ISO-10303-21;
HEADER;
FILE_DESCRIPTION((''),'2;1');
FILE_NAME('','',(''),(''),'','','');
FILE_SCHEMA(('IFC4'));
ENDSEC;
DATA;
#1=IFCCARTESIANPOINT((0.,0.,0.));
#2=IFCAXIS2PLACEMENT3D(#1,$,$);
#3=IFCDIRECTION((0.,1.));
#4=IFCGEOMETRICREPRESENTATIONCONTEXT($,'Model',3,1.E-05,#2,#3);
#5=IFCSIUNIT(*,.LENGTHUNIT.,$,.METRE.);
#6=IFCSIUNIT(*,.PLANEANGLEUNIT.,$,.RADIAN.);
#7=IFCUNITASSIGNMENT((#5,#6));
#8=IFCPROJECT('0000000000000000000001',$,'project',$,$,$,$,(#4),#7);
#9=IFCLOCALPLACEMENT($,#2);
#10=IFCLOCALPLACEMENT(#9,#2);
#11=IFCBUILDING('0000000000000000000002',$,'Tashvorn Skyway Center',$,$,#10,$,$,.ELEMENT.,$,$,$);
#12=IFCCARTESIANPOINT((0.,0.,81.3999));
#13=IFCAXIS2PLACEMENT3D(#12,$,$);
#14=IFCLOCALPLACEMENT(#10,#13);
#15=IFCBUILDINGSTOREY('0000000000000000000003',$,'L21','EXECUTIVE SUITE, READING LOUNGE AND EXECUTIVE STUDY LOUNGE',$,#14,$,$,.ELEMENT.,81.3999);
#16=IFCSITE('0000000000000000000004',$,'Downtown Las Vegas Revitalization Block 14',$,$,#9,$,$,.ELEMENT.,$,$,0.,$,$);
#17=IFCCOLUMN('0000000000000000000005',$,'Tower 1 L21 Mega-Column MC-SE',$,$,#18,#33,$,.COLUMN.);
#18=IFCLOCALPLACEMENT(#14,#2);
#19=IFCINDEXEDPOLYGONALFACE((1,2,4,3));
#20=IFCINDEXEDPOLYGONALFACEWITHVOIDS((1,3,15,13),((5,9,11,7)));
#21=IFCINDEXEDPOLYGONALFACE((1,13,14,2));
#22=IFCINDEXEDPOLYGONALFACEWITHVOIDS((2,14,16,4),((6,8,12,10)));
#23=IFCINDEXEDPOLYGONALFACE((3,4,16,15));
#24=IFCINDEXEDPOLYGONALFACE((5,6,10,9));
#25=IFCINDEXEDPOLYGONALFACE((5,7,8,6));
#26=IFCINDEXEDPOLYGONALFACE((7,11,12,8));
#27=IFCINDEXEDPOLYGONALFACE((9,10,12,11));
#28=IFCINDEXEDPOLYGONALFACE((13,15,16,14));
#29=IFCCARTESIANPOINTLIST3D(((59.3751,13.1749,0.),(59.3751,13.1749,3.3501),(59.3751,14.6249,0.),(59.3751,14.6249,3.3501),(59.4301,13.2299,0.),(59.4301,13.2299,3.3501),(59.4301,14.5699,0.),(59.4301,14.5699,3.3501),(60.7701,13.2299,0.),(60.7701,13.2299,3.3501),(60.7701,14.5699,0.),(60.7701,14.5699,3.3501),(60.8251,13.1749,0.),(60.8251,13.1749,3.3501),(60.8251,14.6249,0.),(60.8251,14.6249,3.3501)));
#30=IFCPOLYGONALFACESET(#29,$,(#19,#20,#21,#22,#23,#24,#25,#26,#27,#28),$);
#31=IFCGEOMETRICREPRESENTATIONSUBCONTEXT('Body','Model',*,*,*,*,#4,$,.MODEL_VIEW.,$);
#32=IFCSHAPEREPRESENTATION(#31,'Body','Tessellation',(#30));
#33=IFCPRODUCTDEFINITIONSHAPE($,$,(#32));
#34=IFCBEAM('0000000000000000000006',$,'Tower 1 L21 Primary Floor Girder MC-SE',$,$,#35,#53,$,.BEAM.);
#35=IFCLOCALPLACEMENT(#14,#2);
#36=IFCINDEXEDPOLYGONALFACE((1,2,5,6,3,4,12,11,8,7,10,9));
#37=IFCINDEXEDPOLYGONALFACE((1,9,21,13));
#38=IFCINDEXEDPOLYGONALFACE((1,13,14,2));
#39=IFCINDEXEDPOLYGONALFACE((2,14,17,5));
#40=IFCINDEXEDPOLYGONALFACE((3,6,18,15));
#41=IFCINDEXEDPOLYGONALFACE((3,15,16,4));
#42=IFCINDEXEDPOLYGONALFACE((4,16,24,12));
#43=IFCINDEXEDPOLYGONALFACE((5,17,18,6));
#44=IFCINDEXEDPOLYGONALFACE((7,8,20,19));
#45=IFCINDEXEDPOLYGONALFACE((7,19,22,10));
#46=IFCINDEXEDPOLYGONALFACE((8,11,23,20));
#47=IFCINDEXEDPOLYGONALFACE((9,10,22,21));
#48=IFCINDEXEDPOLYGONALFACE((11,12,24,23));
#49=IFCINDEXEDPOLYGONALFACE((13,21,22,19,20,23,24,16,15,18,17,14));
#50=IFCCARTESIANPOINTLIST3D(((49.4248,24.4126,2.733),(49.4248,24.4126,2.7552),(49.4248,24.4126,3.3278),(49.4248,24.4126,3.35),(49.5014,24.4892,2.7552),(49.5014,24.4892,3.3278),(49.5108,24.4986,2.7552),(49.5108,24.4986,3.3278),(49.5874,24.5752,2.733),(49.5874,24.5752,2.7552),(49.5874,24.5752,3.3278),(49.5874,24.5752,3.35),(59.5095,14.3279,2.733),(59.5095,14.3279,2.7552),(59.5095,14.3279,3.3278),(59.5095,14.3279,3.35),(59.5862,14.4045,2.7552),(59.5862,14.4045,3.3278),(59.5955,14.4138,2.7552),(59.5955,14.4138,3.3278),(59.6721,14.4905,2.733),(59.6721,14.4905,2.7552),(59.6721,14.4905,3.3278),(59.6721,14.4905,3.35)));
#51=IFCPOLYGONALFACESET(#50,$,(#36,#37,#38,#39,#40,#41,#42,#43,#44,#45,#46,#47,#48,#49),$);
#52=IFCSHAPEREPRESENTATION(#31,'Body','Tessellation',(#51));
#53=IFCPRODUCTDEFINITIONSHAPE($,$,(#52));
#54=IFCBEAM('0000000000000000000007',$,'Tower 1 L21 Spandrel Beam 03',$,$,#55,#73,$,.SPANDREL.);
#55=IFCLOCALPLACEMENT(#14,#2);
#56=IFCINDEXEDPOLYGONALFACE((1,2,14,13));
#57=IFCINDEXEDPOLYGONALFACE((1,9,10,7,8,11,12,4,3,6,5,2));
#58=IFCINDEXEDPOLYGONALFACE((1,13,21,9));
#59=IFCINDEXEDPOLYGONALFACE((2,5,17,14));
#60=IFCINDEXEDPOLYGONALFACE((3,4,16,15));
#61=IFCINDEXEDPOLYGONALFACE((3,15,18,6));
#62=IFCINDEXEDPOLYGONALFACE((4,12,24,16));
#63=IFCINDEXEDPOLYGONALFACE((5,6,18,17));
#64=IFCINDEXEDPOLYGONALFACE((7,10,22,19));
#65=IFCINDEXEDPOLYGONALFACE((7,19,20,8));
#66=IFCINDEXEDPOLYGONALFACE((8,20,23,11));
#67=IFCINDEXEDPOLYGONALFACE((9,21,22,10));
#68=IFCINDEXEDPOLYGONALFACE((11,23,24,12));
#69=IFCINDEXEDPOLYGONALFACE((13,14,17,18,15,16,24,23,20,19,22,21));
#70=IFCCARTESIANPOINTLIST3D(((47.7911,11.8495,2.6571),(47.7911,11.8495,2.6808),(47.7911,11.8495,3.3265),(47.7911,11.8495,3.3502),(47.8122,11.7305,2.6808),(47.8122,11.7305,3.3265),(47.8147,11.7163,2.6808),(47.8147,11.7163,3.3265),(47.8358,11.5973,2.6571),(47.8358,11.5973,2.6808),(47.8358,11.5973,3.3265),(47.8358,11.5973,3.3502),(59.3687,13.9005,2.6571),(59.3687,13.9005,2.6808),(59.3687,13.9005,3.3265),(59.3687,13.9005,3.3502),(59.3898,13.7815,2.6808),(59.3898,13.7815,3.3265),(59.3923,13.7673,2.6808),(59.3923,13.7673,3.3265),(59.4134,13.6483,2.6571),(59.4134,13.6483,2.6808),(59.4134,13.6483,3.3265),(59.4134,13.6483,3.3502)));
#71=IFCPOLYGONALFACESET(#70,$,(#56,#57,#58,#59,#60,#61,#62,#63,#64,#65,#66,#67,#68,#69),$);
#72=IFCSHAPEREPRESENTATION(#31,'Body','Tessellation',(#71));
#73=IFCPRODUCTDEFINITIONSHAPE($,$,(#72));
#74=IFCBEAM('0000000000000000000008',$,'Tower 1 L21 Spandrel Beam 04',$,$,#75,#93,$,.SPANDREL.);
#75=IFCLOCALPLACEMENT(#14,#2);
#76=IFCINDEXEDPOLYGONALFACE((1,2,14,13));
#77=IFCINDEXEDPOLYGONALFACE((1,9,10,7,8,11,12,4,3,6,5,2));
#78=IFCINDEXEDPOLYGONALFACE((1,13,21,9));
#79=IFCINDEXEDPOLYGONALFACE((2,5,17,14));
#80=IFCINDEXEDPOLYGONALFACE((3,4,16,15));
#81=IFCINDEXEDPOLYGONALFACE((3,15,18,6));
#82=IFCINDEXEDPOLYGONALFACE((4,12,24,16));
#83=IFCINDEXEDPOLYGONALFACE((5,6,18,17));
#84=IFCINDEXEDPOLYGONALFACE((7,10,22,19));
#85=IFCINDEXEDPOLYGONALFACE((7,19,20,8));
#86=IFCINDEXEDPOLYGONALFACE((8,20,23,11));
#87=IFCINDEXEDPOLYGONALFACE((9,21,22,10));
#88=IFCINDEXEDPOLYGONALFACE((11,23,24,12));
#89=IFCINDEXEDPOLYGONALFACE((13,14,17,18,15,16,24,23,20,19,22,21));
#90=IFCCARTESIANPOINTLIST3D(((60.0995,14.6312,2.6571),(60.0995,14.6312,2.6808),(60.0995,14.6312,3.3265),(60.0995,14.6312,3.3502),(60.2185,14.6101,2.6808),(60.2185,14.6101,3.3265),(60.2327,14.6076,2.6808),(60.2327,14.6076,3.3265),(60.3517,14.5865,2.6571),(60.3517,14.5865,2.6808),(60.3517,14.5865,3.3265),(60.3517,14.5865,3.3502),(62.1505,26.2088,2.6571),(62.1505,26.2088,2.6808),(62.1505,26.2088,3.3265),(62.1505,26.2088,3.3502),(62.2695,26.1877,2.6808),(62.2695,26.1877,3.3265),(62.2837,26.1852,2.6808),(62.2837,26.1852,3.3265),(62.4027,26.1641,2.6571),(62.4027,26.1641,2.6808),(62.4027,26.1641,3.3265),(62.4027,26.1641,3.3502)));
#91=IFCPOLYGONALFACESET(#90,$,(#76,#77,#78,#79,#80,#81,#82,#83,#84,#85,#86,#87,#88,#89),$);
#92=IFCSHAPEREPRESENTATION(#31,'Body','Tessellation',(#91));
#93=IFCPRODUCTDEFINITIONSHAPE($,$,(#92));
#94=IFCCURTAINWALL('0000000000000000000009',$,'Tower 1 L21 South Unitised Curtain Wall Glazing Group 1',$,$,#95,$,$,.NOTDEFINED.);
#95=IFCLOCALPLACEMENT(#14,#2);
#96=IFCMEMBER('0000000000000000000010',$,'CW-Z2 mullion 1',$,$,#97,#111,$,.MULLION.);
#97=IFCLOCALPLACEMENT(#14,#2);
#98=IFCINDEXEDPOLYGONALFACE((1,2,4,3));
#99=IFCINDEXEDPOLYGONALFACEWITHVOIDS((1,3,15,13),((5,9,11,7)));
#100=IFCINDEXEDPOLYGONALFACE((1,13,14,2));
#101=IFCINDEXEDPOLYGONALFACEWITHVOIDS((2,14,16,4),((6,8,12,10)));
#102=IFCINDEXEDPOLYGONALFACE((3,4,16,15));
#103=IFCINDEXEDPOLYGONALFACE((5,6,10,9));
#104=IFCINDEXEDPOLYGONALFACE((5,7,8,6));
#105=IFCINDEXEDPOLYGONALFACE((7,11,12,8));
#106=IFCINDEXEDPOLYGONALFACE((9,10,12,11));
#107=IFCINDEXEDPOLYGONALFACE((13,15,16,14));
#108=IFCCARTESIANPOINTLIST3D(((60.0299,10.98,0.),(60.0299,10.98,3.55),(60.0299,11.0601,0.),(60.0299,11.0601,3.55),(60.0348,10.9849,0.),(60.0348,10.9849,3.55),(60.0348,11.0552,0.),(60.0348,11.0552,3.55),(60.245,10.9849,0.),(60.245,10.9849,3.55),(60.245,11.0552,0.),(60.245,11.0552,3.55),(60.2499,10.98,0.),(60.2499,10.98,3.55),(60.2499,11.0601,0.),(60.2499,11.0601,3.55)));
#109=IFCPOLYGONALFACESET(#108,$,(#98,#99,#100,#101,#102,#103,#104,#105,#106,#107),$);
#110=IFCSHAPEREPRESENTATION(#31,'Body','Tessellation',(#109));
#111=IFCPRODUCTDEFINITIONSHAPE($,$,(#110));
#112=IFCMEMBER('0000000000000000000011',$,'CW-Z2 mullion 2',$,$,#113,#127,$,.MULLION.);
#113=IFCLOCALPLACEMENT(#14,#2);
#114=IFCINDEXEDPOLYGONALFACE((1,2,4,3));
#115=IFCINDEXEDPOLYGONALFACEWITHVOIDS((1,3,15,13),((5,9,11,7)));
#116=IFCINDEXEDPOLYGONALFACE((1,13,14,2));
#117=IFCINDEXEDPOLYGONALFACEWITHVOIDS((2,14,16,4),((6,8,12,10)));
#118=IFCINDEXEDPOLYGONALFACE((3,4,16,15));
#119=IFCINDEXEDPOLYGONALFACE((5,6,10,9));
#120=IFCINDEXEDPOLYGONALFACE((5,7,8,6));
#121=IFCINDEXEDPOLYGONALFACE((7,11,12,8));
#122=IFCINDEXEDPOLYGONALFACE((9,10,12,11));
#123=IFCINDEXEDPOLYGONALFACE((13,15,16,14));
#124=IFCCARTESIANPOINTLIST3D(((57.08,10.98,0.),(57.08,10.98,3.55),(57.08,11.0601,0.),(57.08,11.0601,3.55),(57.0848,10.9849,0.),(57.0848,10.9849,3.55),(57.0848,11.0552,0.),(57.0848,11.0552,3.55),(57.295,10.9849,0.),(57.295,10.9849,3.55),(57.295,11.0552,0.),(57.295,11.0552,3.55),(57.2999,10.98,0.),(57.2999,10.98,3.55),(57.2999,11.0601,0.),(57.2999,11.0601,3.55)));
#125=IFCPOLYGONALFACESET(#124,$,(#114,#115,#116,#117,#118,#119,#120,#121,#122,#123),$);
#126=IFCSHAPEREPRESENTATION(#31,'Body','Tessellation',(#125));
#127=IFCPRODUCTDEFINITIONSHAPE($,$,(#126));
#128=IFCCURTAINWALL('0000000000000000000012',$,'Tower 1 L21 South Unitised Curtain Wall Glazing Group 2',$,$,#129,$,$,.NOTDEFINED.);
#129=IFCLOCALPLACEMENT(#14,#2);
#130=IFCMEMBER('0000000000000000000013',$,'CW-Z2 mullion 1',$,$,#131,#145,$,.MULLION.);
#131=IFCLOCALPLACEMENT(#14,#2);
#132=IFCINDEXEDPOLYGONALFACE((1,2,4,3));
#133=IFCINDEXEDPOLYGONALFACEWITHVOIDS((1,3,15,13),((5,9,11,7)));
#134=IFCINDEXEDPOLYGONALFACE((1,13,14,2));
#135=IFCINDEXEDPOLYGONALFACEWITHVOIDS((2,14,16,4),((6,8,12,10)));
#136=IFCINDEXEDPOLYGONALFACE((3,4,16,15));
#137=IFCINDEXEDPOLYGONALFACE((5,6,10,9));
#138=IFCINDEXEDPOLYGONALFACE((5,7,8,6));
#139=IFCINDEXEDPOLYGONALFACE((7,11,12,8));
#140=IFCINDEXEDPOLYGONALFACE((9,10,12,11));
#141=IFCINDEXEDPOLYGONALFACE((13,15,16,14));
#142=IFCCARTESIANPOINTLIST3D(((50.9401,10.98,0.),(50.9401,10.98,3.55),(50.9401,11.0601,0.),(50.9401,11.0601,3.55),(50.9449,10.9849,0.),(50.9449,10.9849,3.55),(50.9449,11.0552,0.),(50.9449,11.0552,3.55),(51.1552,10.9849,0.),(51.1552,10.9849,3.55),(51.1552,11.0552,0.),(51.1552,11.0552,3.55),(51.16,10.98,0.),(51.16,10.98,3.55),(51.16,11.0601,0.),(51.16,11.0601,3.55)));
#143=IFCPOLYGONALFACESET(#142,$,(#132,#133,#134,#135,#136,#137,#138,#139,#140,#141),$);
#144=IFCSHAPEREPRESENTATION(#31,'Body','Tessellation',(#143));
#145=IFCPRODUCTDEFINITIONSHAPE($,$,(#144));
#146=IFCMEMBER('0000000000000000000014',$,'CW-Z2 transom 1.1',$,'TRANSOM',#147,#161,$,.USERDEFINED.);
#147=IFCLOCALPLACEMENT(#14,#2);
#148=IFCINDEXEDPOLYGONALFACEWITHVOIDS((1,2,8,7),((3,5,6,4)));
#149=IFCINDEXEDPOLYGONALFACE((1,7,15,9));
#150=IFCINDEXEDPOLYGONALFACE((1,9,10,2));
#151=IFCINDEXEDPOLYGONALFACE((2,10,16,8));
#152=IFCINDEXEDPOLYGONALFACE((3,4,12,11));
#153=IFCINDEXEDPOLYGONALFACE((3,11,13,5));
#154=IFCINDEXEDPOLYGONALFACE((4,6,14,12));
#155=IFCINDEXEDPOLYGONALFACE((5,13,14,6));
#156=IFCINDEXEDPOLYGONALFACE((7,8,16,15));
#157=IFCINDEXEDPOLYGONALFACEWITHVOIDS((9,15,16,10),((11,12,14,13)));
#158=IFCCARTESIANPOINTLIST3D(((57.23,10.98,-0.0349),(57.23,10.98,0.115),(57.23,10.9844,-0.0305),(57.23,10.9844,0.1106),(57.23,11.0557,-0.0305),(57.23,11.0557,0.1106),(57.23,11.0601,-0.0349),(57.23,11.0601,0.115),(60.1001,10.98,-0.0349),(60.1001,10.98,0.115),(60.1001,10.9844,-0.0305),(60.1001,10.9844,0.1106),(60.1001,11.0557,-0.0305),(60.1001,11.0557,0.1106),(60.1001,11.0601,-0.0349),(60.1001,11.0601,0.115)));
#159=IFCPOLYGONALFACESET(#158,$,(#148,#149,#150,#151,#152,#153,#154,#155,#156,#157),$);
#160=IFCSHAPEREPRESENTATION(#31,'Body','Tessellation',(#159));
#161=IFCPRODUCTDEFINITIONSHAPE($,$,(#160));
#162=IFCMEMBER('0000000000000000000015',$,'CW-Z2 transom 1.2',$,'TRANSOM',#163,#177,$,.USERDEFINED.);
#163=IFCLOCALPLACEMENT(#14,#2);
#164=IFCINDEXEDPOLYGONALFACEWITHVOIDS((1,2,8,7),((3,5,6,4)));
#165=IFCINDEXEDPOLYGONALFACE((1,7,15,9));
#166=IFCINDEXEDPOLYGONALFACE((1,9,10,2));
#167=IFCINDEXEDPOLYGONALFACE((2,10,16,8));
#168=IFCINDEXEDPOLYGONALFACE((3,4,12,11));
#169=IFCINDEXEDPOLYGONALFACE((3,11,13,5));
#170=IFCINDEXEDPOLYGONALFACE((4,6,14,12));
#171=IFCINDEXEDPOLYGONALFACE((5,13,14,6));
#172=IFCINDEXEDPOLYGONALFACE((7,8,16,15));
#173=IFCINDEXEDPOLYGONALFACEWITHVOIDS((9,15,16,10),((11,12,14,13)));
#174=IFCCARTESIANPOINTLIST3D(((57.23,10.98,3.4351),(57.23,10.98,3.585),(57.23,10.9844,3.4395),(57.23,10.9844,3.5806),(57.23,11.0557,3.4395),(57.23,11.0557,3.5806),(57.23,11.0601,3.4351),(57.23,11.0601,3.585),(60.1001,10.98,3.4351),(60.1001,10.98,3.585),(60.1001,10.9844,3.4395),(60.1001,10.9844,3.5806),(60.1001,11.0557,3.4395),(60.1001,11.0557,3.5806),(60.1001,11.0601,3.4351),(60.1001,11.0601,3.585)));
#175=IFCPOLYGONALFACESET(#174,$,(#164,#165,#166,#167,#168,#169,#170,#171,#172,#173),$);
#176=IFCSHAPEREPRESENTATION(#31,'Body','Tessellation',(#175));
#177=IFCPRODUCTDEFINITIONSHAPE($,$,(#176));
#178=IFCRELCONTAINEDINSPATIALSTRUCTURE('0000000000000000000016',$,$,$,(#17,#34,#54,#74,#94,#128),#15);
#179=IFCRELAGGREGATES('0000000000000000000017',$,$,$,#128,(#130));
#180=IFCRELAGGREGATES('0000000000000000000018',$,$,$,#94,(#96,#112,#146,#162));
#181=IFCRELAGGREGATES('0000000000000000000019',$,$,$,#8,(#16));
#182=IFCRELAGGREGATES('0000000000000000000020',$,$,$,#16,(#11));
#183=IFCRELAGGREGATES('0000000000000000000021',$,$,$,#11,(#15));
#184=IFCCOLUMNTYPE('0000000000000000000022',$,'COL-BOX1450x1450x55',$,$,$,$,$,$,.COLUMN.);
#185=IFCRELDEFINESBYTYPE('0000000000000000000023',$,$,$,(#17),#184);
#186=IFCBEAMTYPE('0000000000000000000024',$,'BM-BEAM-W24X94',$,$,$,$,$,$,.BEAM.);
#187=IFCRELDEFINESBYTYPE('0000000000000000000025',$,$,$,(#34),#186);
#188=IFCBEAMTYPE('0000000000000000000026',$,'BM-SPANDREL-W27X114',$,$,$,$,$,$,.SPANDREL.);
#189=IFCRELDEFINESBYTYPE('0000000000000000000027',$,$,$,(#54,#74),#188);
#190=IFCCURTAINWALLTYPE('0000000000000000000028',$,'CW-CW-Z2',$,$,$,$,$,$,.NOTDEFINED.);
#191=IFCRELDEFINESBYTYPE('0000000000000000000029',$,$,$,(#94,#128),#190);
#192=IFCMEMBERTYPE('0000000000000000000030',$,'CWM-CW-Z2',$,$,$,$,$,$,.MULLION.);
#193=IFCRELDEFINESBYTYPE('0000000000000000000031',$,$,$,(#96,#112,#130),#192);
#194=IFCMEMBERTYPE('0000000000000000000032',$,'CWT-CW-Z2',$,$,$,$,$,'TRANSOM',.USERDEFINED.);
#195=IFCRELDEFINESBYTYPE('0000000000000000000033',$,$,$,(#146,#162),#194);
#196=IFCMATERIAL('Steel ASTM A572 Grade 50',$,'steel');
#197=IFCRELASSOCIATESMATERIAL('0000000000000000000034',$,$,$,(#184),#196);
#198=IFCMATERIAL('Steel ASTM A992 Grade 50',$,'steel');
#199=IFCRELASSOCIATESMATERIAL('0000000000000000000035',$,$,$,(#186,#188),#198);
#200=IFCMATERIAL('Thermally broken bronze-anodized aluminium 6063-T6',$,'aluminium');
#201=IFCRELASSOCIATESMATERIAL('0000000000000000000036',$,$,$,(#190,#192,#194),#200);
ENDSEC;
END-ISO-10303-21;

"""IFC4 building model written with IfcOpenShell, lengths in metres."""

from ifc_helpers import new_model, si_unit, direction, frame, origin, origin_2d, place, context, subcontext, project, spatial, hollow_rectangle, i_section, extrude, material, material_profile, profile_set, type_object, element, aggregate, save


model = new_model("IFC4")

# Units and contexts
model_context = context("Model", 3, precision=1e-05, world=origin(), true_north=direction((0.0, 1.0)))
body_context = subcontext(model_context, "Body", "Model", "MODEL_VIEW")
ifc_project = project(units=[si_unit("LENGTHUNIT", "METRE"), si_unit("PLANEANGLEUNIT", "RADIAN")], contexts=[model_context])

# Site, building, storey
site_placement = place(None, origin())
site = spatial("IfcSite", under=ifc_project, at=site_placement, Name="Downtown Las Vegas Revitalization Block 14", CompositionType="ELEMENT", RefElevation=0.0)
building_placement = place(site_placement, origin())
building = spatial("IfcBuilding", under=site, at=building_placement, Name="Tashvorn Skyway Center", CompositionType="ELEMENT")
storey_placement = place(building_placement, frame((0.0, 0.0, 81.3999)))
storey = spatial("IfcBuildingStorey", under=building, at=storey_placement, Name="L21", Description="EXECUTIVE SUITE, READING LOUNGE AND EXECUTIVE STUDY LOUNGE", CompositionType="ELEMENT", Elevation=81.3999)

# Column
ifc_material_1 = material(Name="Steel ASTM A572 Grade 50", Category="steel")
ifc_material_profile_1 = material_profile(ifc_material_1, hollow_rectangle(XDim=1.45, YDim=1.45, WallThickness=0.0549, at=origin_2d()), Name="BOX1450x1450x55")
ifc_profile_set_1 = profile_set([ifc_material_profile_1], Name="Steel ASTM A572 Grade 50")
column_type = type_object("IfcColumnType", Name="COL-BOX1450x1450x55", PredefinedType="COLUMN", material=ifc_profile_set_1)
column_placement = place(storey_placement, frame((60.1001, 13.8999, 0.0), z_axis=(0.0, 0.0, 1.0), x_axis=(1.0, 0.0, 0.0)))
element("IfcColumn", 1, at=column_placement, inside=storey, type_object=column_type, Name="Tower 1 L21 Mega-Column MC-SE", PredefinedType="COLUMN", context=body_context, shape_type="SweptSolid", body=[
    extrude(hollow_rectangle(XDim=1.45, YDim=1.45, WallThickness=0.0549, at=origin_2d()), origin(), (0.0, 0.0, 1.0), 3.3501),
])

# Beams
ifc_material_2 = material(Name="Steel ASTM A992 Grade 50", Category="steel")
ifc_material_profile_2 = material_profile(ifc_material_2, i_section(OverallWidth=0.23, OverallDepth=0.6169, WebThickness=0.0132, FlangeThickness=0.0222, at=origin_2d()), Name="W24X94")
ifc_profile_set_2 = profile_set([ifc_material_profile_2], Name="Steel ASTM A992 Grade 50")
beam_type_1 = type_object("IfcBeamType", Name="BM-BEAM-W24X94", PredefinedType="BEAM", material=ifc_profile_set_2)
beam_placement = place(storey_placement, frame((59.5908, 14.4092, 3.0415), z_axis=(-0.707107, 0.707107, 0.0), x_axis=(-0.707107, -0.707107, 0.0)))
element("IfcBeam", 2, at=beam_placement, inside=storey, type_object=beam_type_1, Name="Tower 1 L21 Primary Floor Girder MC-SE", PredefinedType="BEAM", context=body_context, shape_type="SweptSolid", body=[
    extrude(i_section(OverallWidth=0.23, OverallDepth=0.6169, WebThickness=0.0132, FlangeThickness=0.0222, at=origin_2d()), origin(), (0.0, 0.0, 1.0), 14.262),
])
ifc_material_profile_3 = material_profile(ifc_material_2, i_section(OverallWidth=0.2561, OverallDepth=0.6931, WebThickness=0.0144, FlangeThickness=0.0237, at=origin_2d()), Name="W27X114")
ifc_profile_set_3 = profile_set([ifc_material_profile_3], Name="Steel ASTM A992 Grade 50")
beam_type_2 = type_object("IfcBeamType", Name="BM-SPANDREL-W27X114", PredefinedType="SPANDREL", material=ifc_profile_set_3)
for number, where, z_axis, x_axis, name in (
    (3, (47.8135, 11.7234, 3.0037), (0.984668, 0.174438, 0.0), (-0.174438, 0.984668, 0.0), "Tower 1 L21 Spandrel Beam 03"),
    (4, (60.2256, 14.6089, 3.0037), (0.174438, 0.984668, 0.0), (-0.984668, 0.174438, 0.0), "Tower 1 L21 Spandrel Beam 04"),
):
    element("IfcBeam", number, at=place(storey_placement, frame(where, z_axis=z_axis, x_axis=x_axis)), inside=storey, type_object=beam_type_2, Name=name, PredefinedType="SPANDREL", context=body_context, shape_type="SweptSolid", body=[
        extrude(i_section(OverallWidth=0.2561, OverallDepth=0.6931, WebThickness=0.0144, FlangeThickness=0.0237, at=origin_2d()), origin(), (0.0, 0.0, 1.0), 11.7578),
    ])

# Curtain wall, members
ifc_material_3 = material(Name="Thermally broken bronze-anodized aluminium 6063-T6", Category="aluminium")
curtain_wall_type = type_object("IfcCurtainWallType", Name="CW-CW-Z2", PredefinedType="NOTDEFINED", material=ifc_material_3)
curtain_wall_1_placement = place(storey_placement, origin())
curtain_wall_1 = element("IfcCurtainWall", 5, at=curtain_wall_1_placement, inside=storey, type_object=curtain_wall_type, Name="Tower 1 L21 South Unitised Curtain Wall Glazing Group 1", PredefinedType="NOTDEFINED")
ifc_material_profile_4 = material_profile(ifc_material_3, hollow_rectangle(XDim=0.0801, YDim=0.22, WallThickness=0.0049, at=origin_2d()), Name="ALU-MULL-80x220")
ifc_profile_set_4 = profile_set([ifc_material_profile_4], Name="Thermally broken bronze-anodized aluminium 6063-T6")
member_type_1 = type_object("IfcMemberType", Name="CWM-CW-Z2", PredefinedType="MULLION", material=ifc_profile_set_4)
member_1_placement = place(storey_placement, frame((60.1399, 11.02, 0.0), z_axis=(0.0, 0.0, 1.0), x_axis=(0.0, -1.0, 0.0)))
member_1 = element("IfcMember", 6, at=member_1_placement, type_object=member_type_1, Name="CW-Z2 mullion 1", PredefinedType="MULLION", context=body_context, shape_type="SweptSolid", body=[
    extrude(hollow_rectangle(XDim=0.0801, YDim=0.22, WallThickness=0.0049, at=origin_2d()), origin(), (0.0, 0.0, 1.0), 3.55),
])
member_2_placement = place(storey_placement, frame((57.1899, 11.02, 0.0), z_axis=(0.0, 0.0, 1.0), x_axis=(0.0, -1.0, 0.0)))
member_2 = element("IfcMember", 7, at=member_2_placement, type_object=member_type_1, Name="CW-Z2 mullion 2", PredefinedType="MULLION", context=body_context, shape_type="SweptSolid", body=[
    extrude(hollow_rectangle(XDim=0.0801, YDim=0.22, WallThickness=0.0049, at=origin_2d()), origin(), (0.0, 0.0, 1.0), 3.55),
])

# Curtain wall, member
curtain_wall_2_placement = place(storey_placement, origin())
curtain_wall_2 = element("IfcCurtainWall", 8, at=curtain_wall_2_placement, inside=storey, type_object=curtain_wall_type, Name="Tower 1 L21 South Unitised Curtain Wall Glazing Group 2", PredefinedType="NOTDEFINED")
member_3_placement = place(storey_placement, frame((51.05, 11.02, 0.0), z_axis=(0.0, 0.0, 1.0), x_axis=(0.0, -1.0, 0.0)))
member_3 = element("IfcMember", 9, at=member_3_placement, type_object=member_type_1, Name="CW-Z2 mullion 1", PredefinedType="MULLION", context=body_context, shape_type="SweptSolid", body=[
    extrude(hollow_rectangle(XDim=0.0801, YDim=0.22, WallThickness=0.0049, at=origin_2d()), origin(), (0.0, 0.0, 1.0), 3.55),
])

# Members
ifc_material_profile_5 = material_profile(ifc_material_3, hollow_rectangle(XDim=0.0801, YDim=0.1499, WallThickness=0.0044, at=origin_2d()), Name="ALU-TRAN-80x150")
ifc_profile_set_5 = profile_set([ifc_material_profile_5], Name="Thermally broken bronze-anodized aluminium 6063-T6")
member_type_2 = type_object("IfcMemberType", Name="CWT-CW-Z2", ElementType="TRANSOM", PredefinedType="USERDEFINED", material=ifc_profile_set_5)
member_4_placement = place(storey_placement, frame((60.1001, 11.02, 0.04), z_axis=(-1.0, 0.0, 0.0), x_axis=(0.0, -1.0, 0.0)))
member_4 = element("IfcMember", 10, at=member_4_placement, type_object=member_type_2, Name="CW-Z2 transom 1.1", ObjectType="TRANSOM", PredefinedType="USERDEFINED", context=body_context, shape_type="SweptSolid", body=[
    extrude(hollow_rectangle(XDim=0.0801, YDim=0.1499, WallThickness=0.0044, at=origin_2d()), origin(), (0.0, 0.0, 1.0), 2.8701),
])
member_5_placement = place(storey_placement, frame((60.1001, 11.02, 3.51), z_axis=(-1.0, 0.0, 0.0), x_axis=(0.0, -1.0, 0.0)))
member_5 = element("IfcMember", 11, at=member_5_placement, type_object=member_type_2, Name="CW-Z2 transom 1.2", ObjectType="TRANSOM", PredefinedType="USERDEFINED", context=body_context, shape_type="SweptSolid", body=[
    extrude(hollow_rectangle(XDim=0.0801, YDim=0.1499, WallThickness=0.0044, at=origin_2d()), origin(), (0.0, 0.0, 1.0), 2.8701),
])
aggregate(curtain_wall_2, [member_3])

aggregate(curtain_wall_1, [member_1, member_2, member_4, member_5])

save(model, "model.ifc")
